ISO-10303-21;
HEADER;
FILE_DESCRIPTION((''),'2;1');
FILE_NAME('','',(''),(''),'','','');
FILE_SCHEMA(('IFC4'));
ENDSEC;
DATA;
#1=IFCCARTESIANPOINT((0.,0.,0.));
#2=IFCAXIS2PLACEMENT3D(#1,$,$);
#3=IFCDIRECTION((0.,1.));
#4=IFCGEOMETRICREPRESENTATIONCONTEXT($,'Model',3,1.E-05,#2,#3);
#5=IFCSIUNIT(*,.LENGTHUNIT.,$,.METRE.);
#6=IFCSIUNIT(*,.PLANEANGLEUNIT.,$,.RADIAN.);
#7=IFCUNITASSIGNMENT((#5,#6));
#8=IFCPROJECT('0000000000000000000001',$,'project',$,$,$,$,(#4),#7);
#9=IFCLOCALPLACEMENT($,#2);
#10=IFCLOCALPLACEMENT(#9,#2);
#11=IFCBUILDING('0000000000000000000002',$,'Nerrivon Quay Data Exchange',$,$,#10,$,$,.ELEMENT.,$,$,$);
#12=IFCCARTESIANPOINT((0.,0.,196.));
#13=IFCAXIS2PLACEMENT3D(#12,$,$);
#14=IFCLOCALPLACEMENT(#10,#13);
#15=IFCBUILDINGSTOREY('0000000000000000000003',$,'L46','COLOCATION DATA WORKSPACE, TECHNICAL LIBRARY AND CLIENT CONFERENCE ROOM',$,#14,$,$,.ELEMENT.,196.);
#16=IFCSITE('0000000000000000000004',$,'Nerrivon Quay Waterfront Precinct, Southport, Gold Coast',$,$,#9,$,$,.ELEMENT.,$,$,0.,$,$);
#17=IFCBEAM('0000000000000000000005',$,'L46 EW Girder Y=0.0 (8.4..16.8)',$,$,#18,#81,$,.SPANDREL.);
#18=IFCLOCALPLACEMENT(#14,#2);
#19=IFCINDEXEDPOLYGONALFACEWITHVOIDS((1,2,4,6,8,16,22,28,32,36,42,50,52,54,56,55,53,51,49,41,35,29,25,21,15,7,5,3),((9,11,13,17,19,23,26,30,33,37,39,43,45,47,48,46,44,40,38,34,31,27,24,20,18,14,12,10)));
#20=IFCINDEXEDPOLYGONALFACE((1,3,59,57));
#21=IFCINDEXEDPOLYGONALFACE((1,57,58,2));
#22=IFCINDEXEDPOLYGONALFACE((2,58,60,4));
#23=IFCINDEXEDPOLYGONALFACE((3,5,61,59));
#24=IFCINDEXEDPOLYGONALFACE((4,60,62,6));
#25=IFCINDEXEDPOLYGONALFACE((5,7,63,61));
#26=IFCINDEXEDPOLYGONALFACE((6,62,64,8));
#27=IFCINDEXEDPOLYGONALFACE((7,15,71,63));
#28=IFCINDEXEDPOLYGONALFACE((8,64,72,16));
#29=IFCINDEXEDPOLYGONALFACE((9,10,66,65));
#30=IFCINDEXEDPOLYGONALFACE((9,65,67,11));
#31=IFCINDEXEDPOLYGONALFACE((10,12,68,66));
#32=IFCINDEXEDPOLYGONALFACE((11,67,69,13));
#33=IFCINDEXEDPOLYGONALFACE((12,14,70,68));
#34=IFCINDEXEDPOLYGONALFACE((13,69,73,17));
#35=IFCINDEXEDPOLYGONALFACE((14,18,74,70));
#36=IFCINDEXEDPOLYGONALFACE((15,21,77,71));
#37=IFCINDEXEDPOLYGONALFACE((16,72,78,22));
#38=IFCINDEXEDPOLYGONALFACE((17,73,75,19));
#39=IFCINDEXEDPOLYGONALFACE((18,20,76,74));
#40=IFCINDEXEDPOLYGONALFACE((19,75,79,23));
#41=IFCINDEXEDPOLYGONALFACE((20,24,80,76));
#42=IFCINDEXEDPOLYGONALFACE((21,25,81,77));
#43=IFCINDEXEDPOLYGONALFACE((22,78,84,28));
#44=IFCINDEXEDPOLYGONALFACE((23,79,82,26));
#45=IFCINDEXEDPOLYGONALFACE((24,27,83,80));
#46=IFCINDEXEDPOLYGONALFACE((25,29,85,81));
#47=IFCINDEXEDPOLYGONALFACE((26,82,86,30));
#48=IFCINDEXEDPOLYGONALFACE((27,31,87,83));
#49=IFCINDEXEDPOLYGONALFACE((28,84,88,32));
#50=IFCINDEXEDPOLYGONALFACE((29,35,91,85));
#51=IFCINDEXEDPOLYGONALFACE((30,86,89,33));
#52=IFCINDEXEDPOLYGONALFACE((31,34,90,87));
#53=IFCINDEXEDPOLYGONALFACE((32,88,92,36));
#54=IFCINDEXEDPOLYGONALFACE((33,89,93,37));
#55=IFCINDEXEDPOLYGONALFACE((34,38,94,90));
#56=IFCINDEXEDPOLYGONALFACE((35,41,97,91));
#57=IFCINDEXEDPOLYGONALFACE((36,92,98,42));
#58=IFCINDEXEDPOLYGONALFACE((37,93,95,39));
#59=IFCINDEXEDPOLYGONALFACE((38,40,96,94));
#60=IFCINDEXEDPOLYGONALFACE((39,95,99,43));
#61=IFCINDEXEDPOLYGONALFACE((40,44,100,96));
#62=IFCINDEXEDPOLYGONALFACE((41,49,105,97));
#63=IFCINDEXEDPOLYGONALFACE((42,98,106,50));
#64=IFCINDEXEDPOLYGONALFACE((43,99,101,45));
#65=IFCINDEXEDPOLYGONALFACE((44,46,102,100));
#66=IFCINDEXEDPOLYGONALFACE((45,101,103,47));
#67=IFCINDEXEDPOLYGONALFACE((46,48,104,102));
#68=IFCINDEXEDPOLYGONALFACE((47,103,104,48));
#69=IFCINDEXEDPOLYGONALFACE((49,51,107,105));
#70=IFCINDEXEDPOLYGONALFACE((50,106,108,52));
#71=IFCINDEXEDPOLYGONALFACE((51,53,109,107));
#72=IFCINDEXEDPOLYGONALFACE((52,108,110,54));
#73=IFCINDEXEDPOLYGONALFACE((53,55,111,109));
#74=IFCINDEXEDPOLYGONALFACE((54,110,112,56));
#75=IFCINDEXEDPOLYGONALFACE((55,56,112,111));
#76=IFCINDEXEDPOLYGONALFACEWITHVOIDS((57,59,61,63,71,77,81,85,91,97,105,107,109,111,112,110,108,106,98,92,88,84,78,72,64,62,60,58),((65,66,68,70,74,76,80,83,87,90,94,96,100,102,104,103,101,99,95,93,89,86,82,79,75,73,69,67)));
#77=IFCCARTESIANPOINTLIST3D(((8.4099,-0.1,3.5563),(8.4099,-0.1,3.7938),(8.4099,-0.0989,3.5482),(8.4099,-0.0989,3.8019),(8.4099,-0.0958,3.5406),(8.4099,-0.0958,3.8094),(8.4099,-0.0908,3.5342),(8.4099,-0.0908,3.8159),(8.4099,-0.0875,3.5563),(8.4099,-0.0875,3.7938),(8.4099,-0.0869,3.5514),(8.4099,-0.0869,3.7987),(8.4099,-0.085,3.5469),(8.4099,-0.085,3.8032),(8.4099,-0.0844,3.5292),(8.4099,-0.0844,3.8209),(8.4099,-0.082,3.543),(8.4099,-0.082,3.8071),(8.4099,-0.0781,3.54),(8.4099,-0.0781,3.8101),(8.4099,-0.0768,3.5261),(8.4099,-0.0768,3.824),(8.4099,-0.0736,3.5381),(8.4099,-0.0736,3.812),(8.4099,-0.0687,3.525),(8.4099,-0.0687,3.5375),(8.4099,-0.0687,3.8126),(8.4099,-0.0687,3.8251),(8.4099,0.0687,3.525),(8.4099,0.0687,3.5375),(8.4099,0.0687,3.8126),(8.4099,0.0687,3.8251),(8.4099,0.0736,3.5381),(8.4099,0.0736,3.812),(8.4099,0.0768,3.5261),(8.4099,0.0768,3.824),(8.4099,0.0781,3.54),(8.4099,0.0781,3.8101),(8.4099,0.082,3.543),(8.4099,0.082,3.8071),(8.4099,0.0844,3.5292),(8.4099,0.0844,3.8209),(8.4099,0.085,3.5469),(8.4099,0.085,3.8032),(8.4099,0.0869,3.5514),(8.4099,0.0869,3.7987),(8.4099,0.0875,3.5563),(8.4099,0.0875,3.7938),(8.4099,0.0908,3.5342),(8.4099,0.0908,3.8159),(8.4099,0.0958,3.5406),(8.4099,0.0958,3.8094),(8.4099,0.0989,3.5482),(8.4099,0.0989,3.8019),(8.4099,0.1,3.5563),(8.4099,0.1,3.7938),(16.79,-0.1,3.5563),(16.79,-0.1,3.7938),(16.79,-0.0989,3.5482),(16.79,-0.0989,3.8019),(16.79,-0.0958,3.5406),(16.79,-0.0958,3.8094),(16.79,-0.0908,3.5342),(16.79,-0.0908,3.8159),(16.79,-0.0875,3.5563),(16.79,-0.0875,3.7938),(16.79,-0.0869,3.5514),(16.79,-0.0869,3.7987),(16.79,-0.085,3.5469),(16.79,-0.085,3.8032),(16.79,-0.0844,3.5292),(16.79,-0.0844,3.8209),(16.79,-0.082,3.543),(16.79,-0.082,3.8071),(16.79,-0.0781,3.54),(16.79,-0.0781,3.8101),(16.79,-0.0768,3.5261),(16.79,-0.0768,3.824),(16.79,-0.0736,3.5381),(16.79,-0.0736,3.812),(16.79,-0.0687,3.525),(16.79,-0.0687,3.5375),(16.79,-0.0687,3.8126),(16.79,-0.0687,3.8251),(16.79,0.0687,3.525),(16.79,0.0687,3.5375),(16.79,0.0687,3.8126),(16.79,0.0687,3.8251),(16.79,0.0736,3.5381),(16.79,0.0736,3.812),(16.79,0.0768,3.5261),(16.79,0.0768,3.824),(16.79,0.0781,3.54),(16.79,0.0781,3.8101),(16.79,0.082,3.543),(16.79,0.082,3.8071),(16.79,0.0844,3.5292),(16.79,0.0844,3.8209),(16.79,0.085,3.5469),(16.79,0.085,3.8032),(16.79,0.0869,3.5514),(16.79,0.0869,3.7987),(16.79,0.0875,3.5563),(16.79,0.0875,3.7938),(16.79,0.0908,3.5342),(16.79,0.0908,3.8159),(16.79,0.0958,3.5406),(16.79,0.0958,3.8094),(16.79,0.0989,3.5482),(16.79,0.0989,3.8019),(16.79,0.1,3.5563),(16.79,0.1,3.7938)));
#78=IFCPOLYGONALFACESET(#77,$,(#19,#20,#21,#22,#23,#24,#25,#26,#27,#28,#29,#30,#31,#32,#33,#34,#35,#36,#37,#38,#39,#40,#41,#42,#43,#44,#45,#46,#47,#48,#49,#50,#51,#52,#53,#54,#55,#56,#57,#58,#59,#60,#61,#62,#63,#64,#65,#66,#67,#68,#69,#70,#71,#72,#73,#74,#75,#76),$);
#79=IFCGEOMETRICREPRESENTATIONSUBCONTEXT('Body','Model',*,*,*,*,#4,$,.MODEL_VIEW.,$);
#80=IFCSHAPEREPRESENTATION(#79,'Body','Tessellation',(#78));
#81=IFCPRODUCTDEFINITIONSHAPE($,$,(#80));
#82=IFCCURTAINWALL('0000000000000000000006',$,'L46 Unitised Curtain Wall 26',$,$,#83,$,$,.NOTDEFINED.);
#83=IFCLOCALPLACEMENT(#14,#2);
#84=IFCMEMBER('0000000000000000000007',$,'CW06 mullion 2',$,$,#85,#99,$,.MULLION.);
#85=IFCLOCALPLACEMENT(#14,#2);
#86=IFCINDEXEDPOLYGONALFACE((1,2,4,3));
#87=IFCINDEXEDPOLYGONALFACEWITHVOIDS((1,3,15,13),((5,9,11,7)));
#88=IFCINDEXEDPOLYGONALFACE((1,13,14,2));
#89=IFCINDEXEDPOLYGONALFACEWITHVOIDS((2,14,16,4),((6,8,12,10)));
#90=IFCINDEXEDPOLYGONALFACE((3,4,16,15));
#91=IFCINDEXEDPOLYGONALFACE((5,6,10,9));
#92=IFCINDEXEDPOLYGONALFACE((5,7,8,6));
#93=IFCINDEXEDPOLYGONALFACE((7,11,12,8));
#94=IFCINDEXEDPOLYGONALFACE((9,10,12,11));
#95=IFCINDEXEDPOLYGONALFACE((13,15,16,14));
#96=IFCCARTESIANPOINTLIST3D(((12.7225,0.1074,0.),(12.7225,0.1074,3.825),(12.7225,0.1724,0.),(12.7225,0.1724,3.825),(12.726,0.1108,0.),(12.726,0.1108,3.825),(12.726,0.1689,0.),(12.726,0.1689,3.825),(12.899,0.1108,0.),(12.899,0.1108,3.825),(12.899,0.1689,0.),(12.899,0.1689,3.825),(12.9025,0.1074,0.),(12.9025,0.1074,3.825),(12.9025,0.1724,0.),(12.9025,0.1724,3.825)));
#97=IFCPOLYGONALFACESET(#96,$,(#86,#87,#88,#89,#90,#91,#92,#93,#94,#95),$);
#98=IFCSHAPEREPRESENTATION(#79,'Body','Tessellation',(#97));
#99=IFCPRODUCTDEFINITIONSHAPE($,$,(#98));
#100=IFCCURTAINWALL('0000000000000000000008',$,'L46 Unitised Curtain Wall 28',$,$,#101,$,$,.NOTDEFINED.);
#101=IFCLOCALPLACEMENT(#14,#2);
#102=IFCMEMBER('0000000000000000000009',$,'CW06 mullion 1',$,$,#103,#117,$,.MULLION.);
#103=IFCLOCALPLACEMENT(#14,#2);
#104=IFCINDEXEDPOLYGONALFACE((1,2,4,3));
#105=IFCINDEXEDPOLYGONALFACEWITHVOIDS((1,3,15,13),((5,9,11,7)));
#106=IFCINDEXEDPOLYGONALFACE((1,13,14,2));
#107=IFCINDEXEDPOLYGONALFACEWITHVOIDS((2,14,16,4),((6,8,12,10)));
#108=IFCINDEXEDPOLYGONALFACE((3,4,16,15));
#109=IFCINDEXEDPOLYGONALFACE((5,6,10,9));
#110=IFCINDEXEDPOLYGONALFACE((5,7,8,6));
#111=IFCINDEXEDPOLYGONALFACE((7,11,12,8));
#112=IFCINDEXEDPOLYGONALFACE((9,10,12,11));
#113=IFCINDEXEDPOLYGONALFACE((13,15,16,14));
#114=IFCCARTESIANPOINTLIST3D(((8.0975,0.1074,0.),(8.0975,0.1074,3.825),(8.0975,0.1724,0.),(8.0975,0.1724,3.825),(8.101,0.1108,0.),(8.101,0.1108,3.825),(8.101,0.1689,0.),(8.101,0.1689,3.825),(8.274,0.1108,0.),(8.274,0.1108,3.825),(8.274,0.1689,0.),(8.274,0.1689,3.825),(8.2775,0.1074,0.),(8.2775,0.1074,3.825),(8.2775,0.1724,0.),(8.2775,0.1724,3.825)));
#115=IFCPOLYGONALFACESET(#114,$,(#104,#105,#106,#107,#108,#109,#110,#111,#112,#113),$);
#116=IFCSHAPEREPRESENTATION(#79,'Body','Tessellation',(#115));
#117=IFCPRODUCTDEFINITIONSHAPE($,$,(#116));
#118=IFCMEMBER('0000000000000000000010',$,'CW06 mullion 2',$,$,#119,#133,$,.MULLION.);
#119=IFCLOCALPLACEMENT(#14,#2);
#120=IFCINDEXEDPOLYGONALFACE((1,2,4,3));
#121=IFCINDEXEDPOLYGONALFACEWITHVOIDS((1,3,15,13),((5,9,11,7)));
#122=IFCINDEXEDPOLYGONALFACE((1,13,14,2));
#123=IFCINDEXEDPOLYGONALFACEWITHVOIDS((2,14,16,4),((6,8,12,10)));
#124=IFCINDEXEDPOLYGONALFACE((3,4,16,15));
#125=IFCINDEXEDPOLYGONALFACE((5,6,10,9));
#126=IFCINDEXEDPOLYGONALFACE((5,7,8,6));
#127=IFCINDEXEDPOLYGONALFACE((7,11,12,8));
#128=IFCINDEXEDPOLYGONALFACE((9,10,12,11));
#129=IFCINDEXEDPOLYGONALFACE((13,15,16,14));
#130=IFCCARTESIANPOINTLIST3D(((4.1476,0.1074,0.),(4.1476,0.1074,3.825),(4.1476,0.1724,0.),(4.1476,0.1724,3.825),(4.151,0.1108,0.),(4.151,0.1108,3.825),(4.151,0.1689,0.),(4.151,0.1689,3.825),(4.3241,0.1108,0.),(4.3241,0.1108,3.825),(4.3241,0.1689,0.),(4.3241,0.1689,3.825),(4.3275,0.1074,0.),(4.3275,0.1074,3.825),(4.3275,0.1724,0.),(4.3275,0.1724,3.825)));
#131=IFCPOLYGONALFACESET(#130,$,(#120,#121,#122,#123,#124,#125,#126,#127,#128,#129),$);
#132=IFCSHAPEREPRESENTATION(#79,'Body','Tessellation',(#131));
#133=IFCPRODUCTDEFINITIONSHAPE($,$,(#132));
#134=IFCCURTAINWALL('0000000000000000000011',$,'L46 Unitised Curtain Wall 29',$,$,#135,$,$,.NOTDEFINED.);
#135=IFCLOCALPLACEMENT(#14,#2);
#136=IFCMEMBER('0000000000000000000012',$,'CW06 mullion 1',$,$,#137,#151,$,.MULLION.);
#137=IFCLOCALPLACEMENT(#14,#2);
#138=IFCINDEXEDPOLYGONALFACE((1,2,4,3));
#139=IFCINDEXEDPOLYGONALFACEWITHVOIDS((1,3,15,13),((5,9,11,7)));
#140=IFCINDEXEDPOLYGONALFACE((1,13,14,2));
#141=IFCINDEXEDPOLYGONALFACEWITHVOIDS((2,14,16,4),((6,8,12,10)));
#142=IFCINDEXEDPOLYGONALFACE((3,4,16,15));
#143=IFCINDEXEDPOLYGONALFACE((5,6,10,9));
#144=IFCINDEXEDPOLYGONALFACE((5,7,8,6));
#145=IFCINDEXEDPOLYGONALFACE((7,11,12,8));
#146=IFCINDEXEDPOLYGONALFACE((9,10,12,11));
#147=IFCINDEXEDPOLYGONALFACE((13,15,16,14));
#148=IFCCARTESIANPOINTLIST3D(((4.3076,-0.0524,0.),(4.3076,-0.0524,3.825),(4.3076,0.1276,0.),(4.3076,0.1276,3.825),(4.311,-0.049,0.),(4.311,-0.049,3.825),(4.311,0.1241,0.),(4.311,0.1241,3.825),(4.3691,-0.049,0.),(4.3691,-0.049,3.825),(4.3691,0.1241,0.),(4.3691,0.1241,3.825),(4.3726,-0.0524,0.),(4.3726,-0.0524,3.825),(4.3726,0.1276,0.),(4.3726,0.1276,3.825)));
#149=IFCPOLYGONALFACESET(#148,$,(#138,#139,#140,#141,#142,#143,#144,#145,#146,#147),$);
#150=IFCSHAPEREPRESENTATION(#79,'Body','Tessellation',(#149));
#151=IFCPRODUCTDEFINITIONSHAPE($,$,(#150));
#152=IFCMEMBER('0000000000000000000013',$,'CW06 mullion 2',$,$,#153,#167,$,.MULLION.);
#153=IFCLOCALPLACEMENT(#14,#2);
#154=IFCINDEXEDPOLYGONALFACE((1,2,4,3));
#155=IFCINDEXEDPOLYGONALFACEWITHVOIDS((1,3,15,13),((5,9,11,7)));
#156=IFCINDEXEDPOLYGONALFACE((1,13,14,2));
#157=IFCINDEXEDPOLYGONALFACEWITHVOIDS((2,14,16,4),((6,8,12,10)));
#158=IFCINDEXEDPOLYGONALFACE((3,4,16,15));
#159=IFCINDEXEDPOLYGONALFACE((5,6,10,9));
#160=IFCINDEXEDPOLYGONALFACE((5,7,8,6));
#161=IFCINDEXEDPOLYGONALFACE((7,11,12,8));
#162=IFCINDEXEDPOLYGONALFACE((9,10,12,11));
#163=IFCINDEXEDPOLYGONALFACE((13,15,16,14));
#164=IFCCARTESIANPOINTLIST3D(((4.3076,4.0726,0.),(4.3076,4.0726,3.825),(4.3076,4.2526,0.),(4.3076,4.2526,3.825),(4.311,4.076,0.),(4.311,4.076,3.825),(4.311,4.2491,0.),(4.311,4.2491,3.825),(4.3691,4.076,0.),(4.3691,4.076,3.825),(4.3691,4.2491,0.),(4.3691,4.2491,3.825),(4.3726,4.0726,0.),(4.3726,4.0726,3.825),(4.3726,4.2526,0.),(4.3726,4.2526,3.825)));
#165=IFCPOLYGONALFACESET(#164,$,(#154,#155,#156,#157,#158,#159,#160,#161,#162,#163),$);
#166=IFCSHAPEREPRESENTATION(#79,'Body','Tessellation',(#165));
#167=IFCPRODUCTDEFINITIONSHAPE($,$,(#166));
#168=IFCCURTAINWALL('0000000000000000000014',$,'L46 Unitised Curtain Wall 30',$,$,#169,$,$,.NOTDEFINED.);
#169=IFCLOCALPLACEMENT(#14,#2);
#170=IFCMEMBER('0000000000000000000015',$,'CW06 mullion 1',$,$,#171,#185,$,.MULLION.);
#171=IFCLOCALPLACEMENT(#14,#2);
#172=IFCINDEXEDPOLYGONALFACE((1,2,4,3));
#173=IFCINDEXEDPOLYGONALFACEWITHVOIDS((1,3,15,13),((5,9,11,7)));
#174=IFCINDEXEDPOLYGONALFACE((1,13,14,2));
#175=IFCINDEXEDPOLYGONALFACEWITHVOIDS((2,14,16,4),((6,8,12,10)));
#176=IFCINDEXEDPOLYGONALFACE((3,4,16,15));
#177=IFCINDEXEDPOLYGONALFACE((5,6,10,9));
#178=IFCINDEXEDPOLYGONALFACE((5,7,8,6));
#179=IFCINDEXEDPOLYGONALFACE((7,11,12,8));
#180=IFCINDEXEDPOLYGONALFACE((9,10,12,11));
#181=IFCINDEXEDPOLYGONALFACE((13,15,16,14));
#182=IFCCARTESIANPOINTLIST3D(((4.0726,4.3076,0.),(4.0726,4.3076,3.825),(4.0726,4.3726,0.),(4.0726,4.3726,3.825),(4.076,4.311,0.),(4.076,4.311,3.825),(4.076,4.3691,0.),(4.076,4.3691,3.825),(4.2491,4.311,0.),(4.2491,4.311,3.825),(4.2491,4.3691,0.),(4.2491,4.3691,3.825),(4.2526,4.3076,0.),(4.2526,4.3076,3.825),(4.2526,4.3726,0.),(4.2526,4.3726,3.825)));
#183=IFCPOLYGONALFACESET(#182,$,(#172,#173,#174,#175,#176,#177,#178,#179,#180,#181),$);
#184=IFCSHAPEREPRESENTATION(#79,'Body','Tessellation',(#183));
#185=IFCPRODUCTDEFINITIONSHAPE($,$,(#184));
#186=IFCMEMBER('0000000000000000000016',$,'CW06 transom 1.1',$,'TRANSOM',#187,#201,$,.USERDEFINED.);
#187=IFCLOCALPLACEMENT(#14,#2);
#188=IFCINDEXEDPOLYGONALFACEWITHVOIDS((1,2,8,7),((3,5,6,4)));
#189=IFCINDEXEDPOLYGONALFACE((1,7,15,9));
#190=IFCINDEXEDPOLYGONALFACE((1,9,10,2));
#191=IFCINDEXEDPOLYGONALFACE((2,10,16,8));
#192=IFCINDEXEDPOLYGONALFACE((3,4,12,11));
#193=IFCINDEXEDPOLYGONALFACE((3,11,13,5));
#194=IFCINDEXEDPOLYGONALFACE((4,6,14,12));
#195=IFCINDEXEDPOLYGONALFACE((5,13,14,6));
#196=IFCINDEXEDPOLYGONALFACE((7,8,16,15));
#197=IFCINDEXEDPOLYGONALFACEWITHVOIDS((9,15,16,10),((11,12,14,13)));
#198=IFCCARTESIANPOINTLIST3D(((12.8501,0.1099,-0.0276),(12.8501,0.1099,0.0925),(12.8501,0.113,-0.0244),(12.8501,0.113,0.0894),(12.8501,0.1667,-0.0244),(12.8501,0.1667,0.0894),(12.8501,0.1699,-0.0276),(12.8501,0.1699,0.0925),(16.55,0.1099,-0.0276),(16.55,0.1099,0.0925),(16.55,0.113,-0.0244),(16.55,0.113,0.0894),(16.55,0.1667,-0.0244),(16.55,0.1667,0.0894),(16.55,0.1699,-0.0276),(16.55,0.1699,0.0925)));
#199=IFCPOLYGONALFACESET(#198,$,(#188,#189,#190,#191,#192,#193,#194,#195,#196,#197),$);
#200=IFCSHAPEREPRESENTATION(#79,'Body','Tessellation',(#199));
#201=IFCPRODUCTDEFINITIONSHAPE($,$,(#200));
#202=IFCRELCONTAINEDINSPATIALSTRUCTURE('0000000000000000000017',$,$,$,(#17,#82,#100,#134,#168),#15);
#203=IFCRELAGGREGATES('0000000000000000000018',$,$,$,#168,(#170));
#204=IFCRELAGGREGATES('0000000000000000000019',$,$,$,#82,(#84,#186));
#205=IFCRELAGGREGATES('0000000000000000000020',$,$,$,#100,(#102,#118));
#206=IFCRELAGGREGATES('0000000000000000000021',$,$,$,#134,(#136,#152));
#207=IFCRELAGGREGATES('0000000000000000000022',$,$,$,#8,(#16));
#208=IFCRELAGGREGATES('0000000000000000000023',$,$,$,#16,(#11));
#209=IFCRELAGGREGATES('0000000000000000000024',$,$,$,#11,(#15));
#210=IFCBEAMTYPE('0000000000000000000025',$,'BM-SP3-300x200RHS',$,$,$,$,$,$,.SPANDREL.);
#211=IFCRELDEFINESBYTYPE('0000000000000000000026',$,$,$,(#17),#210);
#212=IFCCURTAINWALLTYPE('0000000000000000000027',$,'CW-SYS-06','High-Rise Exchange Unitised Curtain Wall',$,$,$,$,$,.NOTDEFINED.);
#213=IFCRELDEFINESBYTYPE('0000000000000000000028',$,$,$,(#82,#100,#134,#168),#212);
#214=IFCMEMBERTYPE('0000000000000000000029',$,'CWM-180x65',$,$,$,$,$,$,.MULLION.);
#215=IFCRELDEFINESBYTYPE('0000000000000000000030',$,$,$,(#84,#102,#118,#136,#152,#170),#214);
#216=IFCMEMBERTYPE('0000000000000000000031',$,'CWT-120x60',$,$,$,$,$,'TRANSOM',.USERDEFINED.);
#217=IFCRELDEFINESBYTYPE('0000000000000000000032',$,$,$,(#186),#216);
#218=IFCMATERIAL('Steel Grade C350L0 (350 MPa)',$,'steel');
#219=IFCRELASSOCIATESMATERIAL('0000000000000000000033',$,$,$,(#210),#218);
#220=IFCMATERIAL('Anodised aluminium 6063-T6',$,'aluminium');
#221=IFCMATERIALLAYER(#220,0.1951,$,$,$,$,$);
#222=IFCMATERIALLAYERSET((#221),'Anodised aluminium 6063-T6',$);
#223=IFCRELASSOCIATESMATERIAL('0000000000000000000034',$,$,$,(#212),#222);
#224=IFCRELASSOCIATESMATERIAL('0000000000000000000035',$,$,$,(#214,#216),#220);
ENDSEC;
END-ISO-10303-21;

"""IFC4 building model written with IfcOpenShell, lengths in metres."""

from ifc_helpers import new_model, si_unit, direction, frame, origin, origin_2d, place, context, subcontext, project, spatial, hollow_rectangle, extrude, material, layer, layer_set, material_profile, profile_set, type_object, element, aggregate, save


model = new_model("IFC4")

# Units and contexts
model_context = context("Model", 3, precision=1e-05, world=origin(), true_north=direction((0.0, 1.0)))
body_context = subcontext(model_context, "Body", "Model", "MODEL_VIEW")
ifc_project = project(units=[si_unit("LENGTHUNIT", "METRE"), si_unit("PLANEANGLEUNIT", "RADIAN")], contexts=[model_context])

# Site, building, storey
site_placement = place(None, origin())
site = spatial("IfcSite", under=ifc_project, at=site_placement, Name="Nerrivon Quay Waterfront Precinct, Southport, Gold Coast", CompositionType="ELEMENT", RefElevation=0.0)
building_placement = place(site_placement, origin())
building = spatial("IfcBuilding", under=site, at=building_placement, Name="Nerrivon Quay Data Exchange", CompositionType="ELEMENT")
storey_placement = place(building_placement, frame((0.0, 0.0, 196.0)))
storey = spatial("IfcBuildingStorey", under=building, at=storey_placement, Name="L46", Description="COLOCATION DATA WORKSPACE, TECHNICAL LIBRARY AND CLIENT CONFERENCE ROOM", CompositionType="ELEMENT", Elevation=196.0)

# Beam
ifc_material_1 = material(Name="Steel Grade C350L0 (350 MPa)", Category="steel")
ifc_material_profile_1 = material_profile(ifc_material_1, hollow_rectangle(XDim=0.2, YDim=0.3, WallThickness=0.0125, InnerFilletRadius=0.0188, OuterFilletRadius=0.0312, at=origin_2d()), Name="300x200x12.5RHS")
ifc_profile_set_1 = profile_set([ifc_material_profile_1], Name="Steel Grade C350L0 (350 MPa)")
beam_type_1 = type_object("IfcBeamType", Name="BM-SP3-300x200RHS", PredefinedType="SPANDREL", material=ifc_profile_set_1)
beam_1_placement = place(storey_placement, frame((8.4099, 0.0, 3.675), z_axis=(1.0, 0.0, 0.0), x_axis=(0.0, 1.0, 0.0)))
element("IfcBeam", 1, at=beam_1_placement, inside=storey, type_object=beam_type_1, Name="L46 EW Girder Y=0.0 (8.4..16.8)", PredefinedType="SPANDREL", context=body_context, shape_type="SweptSolid", body=[
    extrude(hollow_rectangle(XDim=0.2, YDim=0.3, WallThickness=0.0125, InnerFilletRadius=0.0188, OuterFilletRadius=0.0312, at=origin_2d()), origin(), (0.0, 0.0, 1.0), 8.3801),
])

# Curtain wall, member
ifc_material_2 = material(Name="Anodised aluminium 6063-T6", Category="aluminium")
ifc_layer_1 = layer(ifc_material_2, 0.1951)
ifc_layer_set_1 = layer_set([ifc_layer_1], Name="Anodised aluminium 6063-T6")
curtain_wall_type = type_object("IfcCurtainWallType", Name="CW-SYS-06", Description="High-Rise Exchange Unitised Curtain Wall", PredefinedType="NOTDEFINED", material=ifc_layer_set_1)
curtain_wall_1_placement = place(storey_placement, origin())
curtain_wall_1 = element("IfcCurtainWall", 2, at=curtain_wall_1_placement, inside=storey, type_object=curtain_wall_type, Name="L46 Unitised Curtain Wall 26", PredefinedType="NOTDEFINED")
ifc_material_profile_2 = material_profile(ifc_material_2, hollow_rectangle(XDim=0.0649, YDim=0.1799, WallThickness=0.0034, at=origin_2d()), Name="ALU-MULL-180x65")
ifc_profile_set_2 = profile_set([ifc_material_profile_2], Name="Anodised aluminium 6063-T6")
member_type_1 = type_object("IfcMemberType", Name="CWM-180x65", PredefinedType="MULLION", material=ifc_profile_set_2)
member_1_placement = place(storey_placement, frame((12.8125, 0.1399, 0.0), z_axis=(0.0, 0.0, 1.0), x_axis=(0.0, -1.0, 0.0)))
member_1 = element("IfcMember", 3, at=member_1_placement, type_object=member_type_1, Name="CW06 mullion 2", PredefinedType="MULLION", context=body_context, shape_type="SweptSolid", body=[
    extrude(hollow_rectangle(XDim=0.0649, YDim=0.1799, WallThickness=0.0034, at=origin_2d()), origin(), (0.0, 0.0, 1.0), 3.825),
])

# Curtain walls, members
curtain_wall_2_placement = place(storey_placement, origin())
curtain_wall_2 = element("IfcCurtainWall", 4, at=curtain_wall_2_placement, inside=storey, type_object=curtain_wall_type, Name="L46 Unitised Curtain Wall 28", PredefinedType="NOTDEFINED")
member_2_placement = place(storey_placement, frame((8.1875, 0.1399, 0.0), z_axis=(0.0, 0.0, 1.0), x_axis=(0.0, -1.0, 0.0)))
member_2 = element("IfcMember", 5, at=member_2_placement, type_object=member_type_1, Name="CW06 mullion 1", PredefinedType="MULLION", context=body_context, shape_type="SweptSolid", body=[
    extrude(hollow_rectangle(XDim=0.0649, YDim=0.1799, WallThickness=0.0034, at=origin_2d()), origin(), (0.0, 0.0, 1.0), 3.825),
])
member_3_placement = place(storey_placement, frame((4.2375, 0.1399, 0.0), z_axis=(0.0, 0.0, 1.0), x_axis=(0.0, -1.0, 0.0)))
member_3 = element("IfcMember", 6, at=member_3_placement, type_object=member_type_1, Name="CW06 mullion 2", PredefinedType="MULLION", context=body_context, shape_type="SweptSolid", body=[
    extrude(hollow_rectangle(XDim=0.0649, YDim=0.1799, WallThickness=0.0034, at=origin_2d()), origin(), (0.0, 0.0, 1.0), 3.825),
])
curtain_wall_3_placement = place(storey_placement, origin())
curtain_wall_3 = element("IfcCurtainWall", 7, at=curtain_wall_3_placement, inside=storey, type_object=curtain_wall_type, Name="L46 Unitised Curtain Wall 29", PredefinedType="NOTDEFINED")
member_4_placement = place(storey_placement, frame((4.3401, 0.0376, 0.0), z_axis=(0.0, 0.0, 1.0), x_axis=(-1.0, 0.0, 0.0)))
member_4 = element("IfcMember", 8, at=member_4_placement, type_object=member_type_1, Name="CW06 mullion 1", PredefinedType="MULLION", context=body_context, shape_type="SweptSolid", body=[
    extrude(hollow_rectangle(XDim=0.0649, YDim=0.1799, WallThickness=0.0034, at=origin_2d()), origin(), (0.0, 0.0, 1.0), 3.825),
])
member_5_placement = place(storey_placement, frame((4.3401, 4.1626, 0.0), z_axis=(0.0, 0.0, 1.0), x_axis=(-1.0, 0.0, 0.0)))
member_5 = element("IfcMember", 9, at=member_5_placement, type_object=member_type_1, Name="CW06 mullion 2", PredefinedType="MULLION", context=body_context, shape_type="SweptSolid", body=[
    extrude(hollow_rectangle(XDim=0.0649, YDim=0.1799, WallThickness=0.0034, at=origin_2d()), origin(), (0.0, 0.0, 1.0), 3.825),
])

# Curtain wall, member
curtain_wall_4_placement = place(storey_placement, origin())
curtain_wall_4 = element("IfcCurtainWall", 10, at=curtain_wall_4_placement, inside=storey, type_object=curtain_wall_type, Name="L46 Unitised Curtain Wall 30", PredefinedType="NOTDEFINED")
member_6_placement = place(storey_placement, frame((4.1626, 4.3401, 0.0), z_axis=(0.0, 0.0, 1.0), x_axis=(0.0, -1.0, 0.0)))
member_6 = element("IfcMember", 11, at=member_6_placement, type_object=member_type_1, Name="CW06 mullion 1", PredefinedType="MULLION", context=body_context, shape_type="SweptSolid", body=[
    extrude(hollow_rectangle(XDim=0.0649, YDim=0.1799, WallThickness=0.0034, at=origin_2d()), origin(), (0.0, 0.0, 1.0), 3.825),
])
aggregate(curtain_wall_4, [member_6])

# Member
ifc_material_profile_3 = material_profile(ifc_material_2, hollow_rectangle(XDim=0.0601, YDim=0.1201, WallThickness=0.0032, at=origin_2d()), Name="ALU-TRAN-120x60")
ifc_profile_set_3 = profile_set([ifc_material_profile_3], Name="Anodised aluminium 6063-T6")
member_type_2 = type_object("IfcMemberType", Name="CWT-120x60", ElementType="TRANSOM", PredefinedType="USERDEFINED", material=ifc_profile_set_3)
member_7_placement = place(storey_placement, frame((16.55, 0.1399, 0.0325), z_axis=(-1.0, 0.0, 0.0), x_axis=(0.0, -1.0, 0.0)))
member_7 = element("IfcMember", 12, at=member_7_placement, type_object=member_type_2, Name="CW06 transom 1.1", ObjectType="TRANSOM", PredefinedType="USERDEFINED", context=body_context, shape_type="SweptSolid", body=[
    extrude(hollow_rectangle(XDim=0.0601, YDim=0.1201, WallThickness=0.0032, at=origin_2d()), origin(), (0.0, 0.0, 1.0), 3.7),
])

aggregate(curtain_wall_1, [member_1, member_7])
aggregate(curtain_wall_2, [member_2, member_3])
aggregate(curtain_wall_3, [member_4, member_5])

save(model, "model.ifc")
